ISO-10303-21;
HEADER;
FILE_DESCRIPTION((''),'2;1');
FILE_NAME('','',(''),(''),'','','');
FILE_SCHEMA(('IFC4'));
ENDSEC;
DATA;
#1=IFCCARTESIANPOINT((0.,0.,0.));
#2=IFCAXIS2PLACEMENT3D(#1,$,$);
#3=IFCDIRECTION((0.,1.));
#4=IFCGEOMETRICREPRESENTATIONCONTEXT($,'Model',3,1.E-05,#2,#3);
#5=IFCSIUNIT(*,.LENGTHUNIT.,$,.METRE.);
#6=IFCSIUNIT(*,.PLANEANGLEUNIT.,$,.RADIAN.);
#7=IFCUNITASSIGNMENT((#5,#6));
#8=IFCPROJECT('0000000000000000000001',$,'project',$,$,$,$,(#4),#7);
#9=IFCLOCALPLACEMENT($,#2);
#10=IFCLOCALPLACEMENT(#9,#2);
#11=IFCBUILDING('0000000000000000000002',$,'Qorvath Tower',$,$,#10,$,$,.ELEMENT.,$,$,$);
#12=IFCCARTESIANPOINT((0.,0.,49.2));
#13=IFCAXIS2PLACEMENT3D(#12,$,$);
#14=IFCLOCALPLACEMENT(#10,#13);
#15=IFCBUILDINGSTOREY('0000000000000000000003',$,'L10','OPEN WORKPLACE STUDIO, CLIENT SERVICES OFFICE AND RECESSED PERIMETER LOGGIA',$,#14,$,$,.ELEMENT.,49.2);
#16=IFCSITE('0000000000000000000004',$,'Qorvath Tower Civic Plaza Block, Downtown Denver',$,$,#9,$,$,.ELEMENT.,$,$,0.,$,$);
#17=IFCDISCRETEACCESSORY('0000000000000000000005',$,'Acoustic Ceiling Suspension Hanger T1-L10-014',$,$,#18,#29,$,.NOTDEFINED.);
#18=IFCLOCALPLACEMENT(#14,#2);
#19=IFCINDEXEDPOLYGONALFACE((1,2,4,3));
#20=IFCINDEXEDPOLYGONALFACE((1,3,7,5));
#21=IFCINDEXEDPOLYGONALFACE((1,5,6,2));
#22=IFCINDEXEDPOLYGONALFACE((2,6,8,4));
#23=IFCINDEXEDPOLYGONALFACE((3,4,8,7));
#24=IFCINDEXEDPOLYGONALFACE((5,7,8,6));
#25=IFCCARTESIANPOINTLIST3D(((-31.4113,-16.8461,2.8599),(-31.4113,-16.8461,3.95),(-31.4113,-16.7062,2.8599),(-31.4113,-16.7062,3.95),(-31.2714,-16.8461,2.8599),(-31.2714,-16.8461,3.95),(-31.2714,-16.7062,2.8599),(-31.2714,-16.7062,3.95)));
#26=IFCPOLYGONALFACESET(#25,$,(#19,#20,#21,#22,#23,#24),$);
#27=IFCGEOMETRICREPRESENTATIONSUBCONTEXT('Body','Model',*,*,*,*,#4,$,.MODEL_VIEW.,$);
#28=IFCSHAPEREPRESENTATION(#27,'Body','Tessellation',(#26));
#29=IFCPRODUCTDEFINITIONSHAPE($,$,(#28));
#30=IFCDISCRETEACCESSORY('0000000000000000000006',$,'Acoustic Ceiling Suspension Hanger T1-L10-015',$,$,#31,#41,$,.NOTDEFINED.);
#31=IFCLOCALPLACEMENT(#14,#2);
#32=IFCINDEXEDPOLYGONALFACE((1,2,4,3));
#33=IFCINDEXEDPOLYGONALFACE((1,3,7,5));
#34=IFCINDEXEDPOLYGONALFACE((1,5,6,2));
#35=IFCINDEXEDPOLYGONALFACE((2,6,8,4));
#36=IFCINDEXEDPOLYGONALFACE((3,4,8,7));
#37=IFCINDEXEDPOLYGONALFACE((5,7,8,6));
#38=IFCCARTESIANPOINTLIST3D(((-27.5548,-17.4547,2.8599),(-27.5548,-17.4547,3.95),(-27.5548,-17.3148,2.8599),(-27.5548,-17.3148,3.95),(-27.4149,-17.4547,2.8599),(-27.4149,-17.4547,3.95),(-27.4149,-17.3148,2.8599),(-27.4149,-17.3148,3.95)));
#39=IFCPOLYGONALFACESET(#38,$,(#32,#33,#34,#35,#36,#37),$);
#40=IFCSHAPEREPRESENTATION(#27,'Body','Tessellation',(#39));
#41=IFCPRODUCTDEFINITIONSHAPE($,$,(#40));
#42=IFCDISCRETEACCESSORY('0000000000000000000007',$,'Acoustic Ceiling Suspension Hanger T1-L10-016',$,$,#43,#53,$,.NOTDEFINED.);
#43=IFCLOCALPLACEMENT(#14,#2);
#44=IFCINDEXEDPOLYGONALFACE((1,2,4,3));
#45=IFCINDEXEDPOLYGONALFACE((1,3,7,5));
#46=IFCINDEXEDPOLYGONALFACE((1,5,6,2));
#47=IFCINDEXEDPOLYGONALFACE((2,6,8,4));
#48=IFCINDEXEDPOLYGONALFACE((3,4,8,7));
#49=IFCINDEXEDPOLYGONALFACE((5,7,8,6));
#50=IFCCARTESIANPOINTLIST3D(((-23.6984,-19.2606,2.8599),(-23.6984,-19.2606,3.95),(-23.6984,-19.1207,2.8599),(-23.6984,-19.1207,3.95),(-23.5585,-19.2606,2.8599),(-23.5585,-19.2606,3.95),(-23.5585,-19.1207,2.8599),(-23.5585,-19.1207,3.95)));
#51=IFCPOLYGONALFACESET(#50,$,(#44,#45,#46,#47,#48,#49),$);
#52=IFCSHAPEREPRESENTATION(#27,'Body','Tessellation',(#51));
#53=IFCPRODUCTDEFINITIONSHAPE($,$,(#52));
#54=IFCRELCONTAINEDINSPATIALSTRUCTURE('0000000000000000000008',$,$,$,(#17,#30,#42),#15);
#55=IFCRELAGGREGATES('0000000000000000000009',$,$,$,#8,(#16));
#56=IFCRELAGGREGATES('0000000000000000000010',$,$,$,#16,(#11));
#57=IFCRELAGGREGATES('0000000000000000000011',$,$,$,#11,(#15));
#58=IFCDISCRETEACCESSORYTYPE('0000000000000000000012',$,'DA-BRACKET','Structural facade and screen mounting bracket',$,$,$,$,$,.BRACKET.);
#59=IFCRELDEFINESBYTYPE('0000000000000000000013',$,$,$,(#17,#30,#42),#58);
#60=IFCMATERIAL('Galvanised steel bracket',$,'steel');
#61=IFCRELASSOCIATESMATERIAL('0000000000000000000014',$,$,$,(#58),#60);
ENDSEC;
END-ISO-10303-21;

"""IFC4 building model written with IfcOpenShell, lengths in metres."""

from ifc_helpers import new_model, si_unit, direction, frame, origin, origin_2d, place, context, subcontext, project, spatial, rectangle, extrude, material, type_object, element, save


model = new_model("IFC4")

# Units and contexts
model_context = context("Model", 3, precision=1e-05, world=origin(), true_north=direction((0.0, 1.0)))
body_context = subcontext(model_context, "Body", "Model", "MODEL_VIEW")
ifc_project = project(units=[si_unit("LENGTHUNIT", "METRE"), si_unit("PLANEANGLEUNIT", "RADIAN")], contexts=[model_context])

# Site, building, storey
site_placement = place(None, origin())
site = spatial("IfcSite", under=ifc_project, at=site_placement, Name="Qorvath Tower Civic Plaza Block, Downtown Denver", CompositionType="ELEMENT", RefElevation=0.0)
building_placement = place(site_placement, origin())
building = spatial("IfcBuilding", under=site, at=building_placement, Name="Qorvath Tower", CompositionType="ELEMENT")
storey_placement = place(building_placement, frame((0.0, 0.0, 49.2)))
storey = spatial("IfcBuildingStorey", under=building, at=storey_placement, Name="L10", Description="OPEN WORKPLACE STUDIO, CLIENT SERVICES OFFICE AND RECESSED PERIMETER LOGGIA", CompositionType="ELEMENT", Elevation=49.2)

# Discrete accessories
ifc_material_1 = material(Name="Galvanised steel bracket", Category="steel")
discrete_accessory_type = type_object("IfcDiscreteAccessoryType", Name="DA-BRACKET", Description="Structural facade and screen mounting bracket", PredefinedType="BRACKET", material=ifc_material_1)
for number, where, z_axis, x_axis, name in (
    (1, (-31.3413, -16.7761, 2.8599), (0.0, 0.0, 1.0), (1.0, 0.0, 0.0), "Acoustic Ceiling Suspension Hanger T1-L10-014"),
    (2, (-27.4849, -17.3848, 2.8599), (0.0, 0.0, 1.0), (1.0, 0.0, 0.0), "Acoustic Ceiling Suspension Hanger T1-L10-015"),
    (3, (-23.6284, -19.1907, 2.8599), (0.0, 0.0, 1.0), (1.0, 0.0, 0.0), "Acoustic Ceiling Suspension Hanger T1-L10-016"),
):
    element("IfcDiscreteAccessory", number, at=place(storey_placement, frame(where, z_axis=z_axis, x_axis=x_axis)), inside=storey, type_object=discrete_accessory_type, Name=name, PredefinedType="NOTDEFINED", context=body_context, shape_type="SweptSolid", body=[
        extrude(rectangle(XDim=0.1399, YDim=0.1399, at=origin_2d()), origin(), (0.0, 0.0, 1.0), 1.0901),
    ])

save(model, "model.ifc")
